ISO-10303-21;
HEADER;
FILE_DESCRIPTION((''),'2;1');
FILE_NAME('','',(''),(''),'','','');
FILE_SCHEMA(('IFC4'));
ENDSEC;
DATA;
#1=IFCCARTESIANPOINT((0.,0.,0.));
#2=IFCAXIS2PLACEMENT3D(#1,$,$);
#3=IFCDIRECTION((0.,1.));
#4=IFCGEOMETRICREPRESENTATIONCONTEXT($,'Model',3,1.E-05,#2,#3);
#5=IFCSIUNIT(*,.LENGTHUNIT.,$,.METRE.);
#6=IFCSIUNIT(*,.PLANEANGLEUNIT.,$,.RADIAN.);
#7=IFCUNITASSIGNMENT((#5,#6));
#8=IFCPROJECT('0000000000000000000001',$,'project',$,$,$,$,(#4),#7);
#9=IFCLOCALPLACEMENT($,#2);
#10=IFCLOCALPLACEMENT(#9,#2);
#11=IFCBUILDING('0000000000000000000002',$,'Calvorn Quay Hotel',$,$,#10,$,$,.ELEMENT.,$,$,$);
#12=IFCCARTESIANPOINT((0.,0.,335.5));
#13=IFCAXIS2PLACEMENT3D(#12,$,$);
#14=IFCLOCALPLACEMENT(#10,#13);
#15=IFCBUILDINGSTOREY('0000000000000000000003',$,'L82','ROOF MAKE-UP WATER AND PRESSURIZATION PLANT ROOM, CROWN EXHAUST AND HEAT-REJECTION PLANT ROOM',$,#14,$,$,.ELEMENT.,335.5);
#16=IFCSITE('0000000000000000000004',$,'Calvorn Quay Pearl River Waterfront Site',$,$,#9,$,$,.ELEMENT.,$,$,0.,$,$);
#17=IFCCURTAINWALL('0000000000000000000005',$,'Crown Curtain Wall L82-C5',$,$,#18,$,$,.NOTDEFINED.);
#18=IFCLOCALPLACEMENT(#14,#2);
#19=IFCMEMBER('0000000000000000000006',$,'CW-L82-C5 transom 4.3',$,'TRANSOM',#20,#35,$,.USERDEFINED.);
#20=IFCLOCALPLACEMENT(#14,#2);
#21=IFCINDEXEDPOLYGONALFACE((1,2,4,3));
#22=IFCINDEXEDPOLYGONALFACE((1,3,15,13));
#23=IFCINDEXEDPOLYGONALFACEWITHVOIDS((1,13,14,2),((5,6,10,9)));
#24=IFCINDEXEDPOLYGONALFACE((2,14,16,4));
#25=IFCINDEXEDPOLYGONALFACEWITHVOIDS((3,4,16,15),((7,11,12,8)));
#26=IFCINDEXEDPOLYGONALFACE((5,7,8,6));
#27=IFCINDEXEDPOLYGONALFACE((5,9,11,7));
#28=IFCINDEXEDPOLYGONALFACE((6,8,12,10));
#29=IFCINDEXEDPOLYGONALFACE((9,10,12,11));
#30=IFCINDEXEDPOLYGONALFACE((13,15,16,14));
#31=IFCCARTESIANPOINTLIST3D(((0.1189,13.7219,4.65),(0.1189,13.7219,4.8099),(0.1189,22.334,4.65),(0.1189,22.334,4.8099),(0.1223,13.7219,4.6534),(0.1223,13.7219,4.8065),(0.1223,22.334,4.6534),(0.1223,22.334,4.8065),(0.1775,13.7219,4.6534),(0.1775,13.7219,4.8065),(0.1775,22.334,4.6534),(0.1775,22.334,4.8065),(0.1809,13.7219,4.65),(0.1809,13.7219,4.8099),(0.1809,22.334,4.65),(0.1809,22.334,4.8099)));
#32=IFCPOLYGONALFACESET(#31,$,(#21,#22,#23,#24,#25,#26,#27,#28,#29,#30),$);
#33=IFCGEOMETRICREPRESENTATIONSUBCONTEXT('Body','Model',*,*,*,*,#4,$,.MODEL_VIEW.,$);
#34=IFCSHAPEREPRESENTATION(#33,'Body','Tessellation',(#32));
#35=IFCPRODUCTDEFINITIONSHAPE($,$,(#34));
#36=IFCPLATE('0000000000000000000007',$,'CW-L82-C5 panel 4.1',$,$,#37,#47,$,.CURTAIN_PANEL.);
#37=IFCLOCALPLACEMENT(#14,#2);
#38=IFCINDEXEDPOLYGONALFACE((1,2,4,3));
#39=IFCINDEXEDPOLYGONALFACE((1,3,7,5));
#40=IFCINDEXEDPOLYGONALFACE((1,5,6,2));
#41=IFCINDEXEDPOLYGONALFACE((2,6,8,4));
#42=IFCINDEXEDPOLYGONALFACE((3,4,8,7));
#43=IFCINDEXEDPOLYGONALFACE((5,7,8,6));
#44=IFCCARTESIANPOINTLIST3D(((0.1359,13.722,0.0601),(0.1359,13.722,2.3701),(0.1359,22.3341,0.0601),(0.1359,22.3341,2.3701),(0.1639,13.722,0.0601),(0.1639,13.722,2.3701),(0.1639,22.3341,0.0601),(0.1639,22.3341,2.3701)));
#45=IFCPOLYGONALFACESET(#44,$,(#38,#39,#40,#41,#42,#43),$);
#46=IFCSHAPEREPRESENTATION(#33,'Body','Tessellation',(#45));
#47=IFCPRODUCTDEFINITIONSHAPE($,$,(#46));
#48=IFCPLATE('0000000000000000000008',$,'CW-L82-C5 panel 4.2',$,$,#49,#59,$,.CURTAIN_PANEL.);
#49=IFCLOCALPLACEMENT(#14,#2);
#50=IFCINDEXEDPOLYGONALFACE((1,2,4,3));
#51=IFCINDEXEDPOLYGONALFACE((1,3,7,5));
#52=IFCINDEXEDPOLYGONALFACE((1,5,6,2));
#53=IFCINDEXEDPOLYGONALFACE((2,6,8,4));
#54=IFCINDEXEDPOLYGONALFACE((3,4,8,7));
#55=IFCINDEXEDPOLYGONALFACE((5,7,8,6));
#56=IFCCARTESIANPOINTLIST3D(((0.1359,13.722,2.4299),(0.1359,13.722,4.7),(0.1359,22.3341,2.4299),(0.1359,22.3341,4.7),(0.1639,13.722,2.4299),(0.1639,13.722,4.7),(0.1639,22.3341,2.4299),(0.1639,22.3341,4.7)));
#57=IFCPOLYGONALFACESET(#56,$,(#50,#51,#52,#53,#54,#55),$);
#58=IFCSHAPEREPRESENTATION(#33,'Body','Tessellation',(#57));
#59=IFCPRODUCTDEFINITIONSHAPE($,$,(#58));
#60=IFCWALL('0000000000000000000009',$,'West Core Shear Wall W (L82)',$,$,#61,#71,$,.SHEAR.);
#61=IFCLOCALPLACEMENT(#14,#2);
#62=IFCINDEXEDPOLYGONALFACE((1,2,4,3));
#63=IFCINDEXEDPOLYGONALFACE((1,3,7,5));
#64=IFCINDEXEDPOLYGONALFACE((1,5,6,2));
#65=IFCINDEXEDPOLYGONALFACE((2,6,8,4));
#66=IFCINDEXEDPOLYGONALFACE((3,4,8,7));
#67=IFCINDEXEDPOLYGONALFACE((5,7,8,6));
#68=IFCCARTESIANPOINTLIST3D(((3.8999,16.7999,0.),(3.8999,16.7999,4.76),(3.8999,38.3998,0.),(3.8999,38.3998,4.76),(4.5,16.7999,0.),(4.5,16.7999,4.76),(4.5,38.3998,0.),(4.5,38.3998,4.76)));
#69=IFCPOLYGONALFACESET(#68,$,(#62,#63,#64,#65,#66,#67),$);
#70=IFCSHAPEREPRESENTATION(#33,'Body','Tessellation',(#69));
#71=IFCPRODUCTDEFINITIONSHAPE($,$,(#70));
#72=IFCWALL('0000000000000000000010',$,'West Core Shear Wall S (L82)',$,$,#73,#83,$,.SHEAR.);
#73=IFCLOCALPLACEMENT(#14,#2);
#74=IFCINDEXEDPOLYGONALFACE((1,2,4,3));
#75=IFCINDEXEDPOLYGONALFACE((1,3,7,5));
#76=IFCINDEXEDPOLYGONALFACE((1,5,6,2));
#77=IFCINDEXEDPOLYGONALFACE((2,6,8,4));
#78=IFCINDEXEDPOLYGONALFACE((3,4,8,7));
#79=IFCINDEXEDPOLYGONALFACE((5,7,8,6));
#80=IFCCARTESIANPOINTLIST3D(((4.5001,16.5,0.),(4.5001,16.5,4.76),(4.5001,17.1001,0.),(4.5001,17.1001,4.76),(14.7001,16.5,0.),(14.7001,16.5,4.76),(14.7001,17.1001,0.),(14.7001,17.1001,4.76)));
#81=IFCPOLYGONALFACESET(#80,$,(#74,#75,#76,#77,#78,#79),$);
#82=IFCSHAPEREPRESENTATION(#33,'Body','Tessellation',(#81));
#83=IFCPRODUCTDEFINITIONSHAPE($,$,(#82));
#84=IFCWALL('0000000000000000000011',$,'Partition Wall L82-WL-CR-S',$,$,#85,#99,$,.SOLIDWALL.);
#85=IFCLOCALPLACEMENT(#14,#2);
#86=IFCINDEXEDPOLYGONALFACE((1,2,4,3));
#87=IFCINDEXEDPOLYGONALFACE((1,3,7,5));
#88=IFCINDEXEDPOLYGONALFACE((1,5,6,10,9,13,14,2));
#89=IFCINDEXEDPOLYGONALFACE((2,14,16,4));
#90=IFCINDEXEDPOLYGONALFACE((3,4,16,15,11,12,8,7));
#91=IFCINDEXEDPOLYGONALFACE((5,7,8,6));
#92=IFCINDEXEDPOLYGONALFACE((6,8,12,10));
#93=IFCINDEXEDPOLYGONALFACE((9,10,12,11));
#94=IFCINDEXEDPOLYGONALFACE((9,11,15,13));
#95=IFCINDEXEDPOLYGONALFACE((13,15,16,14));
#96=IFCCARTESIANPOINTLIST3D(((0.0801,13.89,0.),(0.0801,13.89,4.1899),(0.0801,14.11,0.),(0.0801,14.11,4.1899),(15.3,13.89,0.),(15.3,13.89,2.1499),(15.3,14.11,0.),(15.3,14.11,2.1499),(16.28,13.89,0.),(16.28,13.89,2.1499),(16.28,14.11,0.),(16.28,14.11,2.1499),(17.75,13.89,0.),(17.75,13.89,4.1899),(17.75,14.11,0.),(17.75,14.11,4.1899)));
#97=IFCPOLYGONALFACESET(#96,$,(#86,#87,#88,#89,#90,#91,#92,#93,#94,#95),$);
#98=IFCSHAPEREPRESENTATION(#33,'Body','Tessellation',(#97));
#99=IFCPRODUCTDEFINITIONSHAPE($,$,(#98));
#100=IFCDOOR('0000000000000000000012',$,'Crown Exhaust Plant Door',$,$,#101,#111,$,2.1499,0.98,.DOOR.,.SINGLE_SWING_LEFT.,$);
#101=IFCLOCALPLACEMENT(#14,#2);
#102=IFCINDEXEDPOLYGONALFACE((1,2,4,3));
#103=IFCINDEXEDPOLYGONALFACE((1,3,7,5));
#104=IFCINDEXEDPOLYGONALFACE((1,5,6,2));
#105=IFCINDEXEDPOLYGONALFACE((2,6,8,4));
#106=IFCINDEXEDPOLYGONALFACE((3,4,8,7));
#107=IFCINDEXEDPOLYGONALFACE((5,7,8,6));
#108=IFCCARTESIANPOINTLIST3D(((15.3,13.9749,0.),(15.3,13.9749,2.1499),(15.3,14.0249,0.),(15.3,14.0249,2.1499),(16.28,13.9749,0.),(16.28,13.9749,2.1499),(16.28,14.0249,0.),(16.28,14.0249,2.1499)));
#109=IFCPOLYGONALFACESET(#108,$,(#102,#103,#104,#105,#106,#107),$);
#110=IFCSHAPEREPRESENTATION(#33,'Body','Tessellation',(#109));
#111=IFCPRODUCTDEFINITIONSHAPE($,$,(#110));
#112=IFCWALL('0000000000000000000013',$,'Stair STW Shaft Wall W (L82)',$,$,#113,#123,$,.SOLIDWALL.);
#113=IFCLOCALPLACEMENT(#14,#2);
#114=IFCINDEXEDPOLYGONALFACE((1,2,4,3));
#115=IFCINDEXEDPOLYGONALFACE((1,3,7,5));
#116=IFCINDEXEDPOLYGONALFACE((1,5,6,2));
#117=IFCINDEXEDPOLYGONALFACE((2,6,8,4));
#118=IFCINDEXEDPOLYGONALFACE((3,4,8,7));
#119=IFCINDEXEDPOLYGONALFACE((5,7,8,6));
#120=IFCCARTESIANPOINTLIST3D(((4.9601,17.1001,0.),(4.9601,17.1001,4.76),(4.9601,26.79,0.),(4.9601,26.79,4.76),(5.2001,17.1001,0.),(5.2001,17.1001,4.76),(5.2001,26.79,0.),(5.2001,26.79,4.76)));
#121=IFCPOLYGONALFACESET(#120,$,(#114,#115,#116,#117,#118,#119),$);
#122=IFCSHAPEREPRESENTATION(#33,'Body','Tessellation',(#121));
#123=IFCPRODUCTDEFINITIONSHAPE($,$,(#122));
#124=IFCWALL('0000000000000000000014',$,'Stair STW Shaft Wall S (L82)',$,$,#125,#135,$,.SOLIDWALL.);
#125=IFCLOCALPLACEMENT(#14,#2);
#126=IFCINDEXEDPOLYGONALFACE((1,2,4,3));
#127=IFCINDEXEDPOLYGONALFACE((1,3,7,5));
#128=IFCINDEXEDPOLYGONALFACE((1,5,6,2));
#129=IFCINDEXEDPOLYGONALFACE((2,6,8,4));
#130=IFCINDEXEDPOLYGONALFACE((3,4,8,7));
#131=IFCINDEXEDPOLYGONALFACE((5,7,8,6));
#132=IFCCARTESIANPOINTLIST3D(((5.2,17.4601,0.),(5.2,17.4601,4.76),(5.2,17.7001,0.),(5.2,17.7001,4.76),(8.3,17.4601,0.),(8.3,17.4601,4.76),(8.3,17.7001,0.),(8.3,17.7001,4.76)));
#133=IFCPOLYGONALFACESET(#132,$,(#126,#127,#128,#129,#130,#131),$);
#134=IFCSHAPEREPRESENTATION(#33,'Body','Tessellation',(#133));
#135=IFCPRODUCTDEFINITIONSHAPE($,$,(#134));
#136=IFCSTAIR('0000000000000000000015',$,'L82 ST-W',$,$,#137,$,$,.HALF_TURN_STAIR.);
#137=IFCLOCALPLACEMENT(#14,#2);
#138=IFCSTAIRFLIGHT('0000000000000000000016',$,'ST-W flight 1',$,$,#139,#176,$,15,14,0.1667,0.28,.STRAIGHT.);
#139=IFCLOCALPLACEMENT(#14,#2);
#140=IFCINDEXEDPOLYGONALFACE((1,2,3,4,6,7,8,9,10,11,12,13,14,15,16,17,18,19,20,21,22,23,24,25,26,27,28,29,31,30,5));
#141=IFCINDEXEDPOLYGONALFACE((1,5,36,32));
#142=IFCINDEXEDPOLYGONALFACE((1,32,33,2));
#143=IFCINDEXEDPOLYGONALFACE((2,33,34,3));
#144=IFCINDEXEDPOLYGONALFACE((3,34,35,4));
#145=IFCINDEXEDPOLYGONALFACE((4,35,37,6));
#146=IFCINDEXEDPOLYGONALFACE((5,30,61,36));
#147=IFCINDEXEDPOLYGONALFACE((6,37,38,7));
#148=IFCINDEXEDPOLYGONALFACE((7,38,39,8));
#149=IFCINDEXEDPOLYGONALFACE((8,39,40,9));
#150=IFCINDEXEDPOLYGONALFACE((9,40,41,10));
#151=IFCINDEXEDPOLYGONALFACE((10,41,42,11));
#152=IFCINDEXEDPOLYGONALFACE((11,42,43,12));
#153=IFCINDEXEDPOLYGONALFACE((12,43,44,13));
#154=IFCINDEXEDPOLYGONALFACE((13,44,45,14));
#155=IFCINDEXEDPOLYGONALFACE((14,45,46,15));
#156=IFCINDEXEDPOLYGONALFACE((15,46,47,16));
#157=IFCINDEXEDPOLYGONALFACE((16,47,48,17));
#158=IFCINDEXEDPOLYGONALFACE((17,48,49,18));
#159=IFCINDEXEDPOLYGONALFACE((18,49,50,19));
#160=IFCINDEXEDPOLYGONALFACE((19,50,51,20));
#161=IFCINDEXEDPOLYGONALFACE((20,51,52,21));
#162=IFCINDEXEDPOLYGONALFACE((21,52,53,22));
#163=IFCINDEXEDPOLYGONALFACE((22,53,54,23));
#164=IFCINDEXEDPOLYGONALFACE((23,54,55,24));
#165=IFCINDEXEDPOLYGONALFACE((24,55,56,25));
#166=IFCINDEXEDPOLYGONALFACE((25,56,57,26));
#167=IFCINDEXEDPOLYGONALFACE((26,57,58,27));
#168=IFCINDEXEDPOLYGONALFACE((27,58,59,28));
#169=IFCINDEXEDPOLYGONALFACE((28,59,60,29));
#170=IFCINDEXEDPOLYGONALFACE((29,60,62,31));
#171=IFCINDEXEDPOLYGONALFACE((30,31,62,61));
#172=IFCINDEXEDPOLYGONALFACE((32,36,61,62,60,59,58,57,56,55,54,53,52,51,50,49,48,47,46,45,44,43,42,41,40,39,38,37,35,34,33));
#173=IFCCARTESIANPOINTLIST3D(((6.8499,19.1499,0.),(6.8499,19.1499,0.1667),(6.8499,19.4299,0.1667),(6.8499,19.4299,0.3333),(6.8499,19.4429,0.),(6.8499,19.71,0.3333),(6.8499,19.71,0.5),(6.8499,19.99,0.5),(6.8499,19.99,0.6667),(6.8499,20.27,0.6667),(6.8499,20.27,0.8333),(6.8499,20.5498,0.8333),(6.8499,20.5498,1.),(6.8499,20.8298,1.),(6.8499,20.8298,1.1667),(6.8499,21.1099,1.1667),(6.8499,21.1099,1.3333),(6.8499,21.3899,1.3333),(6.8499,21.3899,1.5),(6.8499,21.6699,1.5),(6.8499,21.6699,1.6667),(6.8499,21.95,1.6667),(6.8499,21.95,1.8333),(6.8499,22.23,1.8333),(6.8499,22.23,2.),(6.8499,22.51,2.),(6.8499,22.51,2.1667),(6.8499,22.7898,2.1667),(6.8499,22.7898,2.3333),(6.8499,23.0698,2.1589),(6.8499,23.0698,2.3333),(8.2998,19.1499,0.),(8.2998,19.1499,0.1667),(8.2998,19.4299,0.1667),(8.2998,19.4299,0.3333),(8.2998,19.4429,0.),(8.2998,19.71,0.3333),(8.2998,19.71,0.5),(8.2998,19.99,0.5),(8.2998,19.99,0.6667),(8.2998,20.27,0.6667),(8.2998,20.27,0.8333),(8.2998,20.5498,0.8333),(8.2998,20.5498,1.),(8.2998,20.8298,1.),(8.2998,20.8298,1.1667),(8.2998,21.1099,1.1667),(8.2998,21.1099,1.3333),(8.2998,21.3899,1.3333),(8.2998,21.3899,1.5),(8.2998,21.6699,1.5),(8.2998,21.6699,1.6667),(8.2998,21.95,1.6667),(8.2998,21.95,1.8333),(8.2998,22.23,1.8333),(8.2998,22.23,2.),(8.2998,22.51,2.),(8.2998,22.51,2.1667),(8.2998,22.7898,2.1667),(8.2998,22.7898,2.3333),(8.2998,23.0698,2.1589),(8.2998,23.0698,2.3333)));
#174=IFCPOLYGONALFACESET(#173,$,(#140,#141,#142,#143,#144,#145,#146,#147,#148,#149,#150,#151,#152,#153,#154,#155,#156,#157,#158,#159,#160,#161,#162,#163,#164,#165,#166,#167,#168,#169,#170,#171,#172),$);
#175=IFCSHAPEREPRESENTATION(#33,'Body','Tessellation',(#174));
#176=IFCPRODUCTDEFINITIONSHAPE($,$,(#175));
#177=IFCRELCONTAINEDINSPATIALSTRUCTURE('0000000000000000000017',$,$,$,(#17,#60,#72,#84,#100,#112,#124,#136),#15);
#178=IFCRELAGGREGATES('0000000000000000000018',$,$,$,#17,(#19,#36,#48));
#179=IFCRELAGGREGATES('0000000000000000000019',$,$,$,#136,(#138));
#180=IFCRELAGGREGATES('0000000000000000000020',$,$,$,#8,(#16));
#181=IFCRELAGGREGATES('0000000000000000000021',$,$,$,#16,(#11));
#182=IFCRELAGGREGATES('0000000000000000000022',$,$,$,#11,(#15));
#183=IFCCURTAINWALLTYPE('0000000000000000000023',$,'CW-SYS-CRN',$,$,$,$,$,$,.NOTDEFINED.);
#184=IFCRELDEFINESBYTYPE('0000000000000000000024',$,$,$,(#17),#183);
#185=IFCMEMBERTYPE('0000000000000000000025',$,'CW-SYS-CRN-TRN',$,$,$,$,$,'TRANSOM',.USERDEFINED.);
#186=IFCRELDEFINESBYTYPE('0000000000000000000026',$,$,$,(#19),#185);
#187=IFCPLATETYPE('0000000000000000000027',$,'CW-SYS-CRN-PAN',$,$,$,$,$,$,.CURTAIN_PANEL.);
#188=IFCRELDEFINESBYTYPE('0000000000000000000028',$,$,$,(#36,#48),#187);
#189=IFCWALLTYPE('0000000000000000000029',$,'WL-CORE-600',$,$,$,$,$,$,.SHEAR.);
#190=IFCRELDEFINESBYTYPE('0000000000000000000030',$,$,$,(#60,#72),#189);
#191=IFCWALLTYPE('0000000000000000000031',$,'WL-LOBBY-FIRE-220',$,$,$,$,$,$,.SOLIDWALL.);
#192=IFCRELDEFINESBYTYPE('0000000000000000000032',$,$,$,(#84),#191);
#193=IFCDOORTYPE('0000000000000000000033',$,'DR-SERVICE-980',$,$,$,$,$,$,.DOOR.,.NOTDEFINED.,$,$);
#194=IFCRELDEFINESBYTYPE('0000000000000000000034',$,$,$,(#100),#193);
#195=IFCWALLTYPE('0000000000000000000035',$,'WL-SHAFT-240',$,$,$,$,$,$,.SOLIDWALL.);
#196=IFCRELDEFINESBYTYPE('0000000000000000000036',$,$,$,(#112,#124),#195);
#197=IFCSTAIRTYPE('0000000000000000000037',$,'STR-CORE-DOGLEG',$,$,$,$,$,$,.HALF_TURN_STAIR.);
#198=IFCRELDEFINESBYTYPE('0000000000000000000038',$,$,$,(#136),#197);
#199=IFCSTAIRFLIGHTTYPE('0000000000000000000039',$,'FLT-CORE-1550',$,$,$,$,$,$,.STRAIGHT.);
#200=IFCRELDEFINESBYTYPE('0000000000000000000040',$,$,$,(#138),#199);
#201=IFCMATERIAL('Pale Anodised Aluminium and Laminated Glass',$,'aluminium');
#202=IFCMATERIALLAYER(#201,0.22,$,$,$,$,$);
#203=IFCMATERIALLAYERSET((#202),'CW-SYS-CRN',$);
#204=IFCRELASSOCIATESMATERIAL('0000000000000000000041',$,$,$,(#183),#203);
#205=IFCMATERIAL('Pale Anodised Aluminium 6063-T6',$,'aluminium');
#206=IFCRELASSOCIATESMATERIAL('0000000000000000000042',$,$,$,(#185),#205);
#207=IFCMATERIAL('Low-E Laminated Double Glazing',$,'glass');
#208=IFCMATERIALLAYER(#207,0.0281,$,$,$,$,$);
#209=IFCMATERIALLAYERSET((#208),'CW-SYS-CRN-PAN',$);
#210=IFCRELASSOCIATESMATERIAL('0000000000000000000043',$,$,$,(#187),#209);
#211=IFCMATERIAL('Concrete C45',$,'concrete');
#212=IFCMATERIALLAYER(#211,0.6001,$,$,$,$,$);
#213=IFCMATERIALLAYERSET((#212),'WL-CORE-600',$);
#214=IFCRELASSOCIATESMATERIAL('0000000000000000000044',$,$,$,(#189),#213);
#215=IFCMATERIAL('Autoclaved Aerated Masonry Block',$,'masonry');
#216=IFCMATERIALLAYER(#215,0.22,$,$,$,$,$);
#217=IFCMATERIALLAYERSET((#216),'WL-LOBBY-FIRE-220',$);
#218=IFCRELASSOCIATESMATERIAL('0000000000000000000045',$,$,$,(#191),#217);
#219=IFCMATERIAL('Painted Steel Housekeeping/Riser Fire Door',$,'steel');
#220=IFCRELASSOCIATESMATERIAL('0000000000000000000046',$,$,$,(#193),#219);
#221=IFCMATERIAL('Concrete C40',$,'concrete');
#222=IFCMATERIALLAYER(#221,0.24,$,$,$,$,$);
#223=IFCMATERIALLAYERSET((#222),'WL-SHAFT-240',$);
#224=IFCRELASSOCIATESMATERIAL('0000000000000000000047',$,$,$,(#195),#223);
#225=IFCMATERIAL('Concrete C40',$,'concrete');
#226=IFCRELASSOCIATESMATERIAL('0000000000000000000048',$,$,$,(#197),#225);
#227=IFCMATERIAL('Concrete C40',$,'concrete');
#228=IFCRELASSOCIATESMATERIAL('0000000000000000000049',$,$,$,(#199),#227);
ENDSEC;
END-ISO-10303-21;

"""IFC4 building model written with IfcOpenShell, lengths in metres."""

from ifc_helpers import new_model, si_unit, direction, frame, frame_2d, origin, origin_2d, place, context, subcontext, project, spatial, polyline, rectangle, hollow_rectangle, outline, extrude, material, layer, layer_set, material_profile, profile_set, type_object, element, fill, aggregate, save


model = new_model("IFC4")

# Units and contexts
model_context = context("Model", 3, precision=1e-05, world=origin(), true_north=direction((0.0, 1.0)))
body_context = subcontext(model_context, "Body", "Model", "MODEL_VIEW")
ifc_project = project(units=[si_unit("LENGTHUNIT", "METRE"), si_unit("PLANEANGLEUNIT", "RADIAN")], contexts=[model_context])

# Site, building, storey
site_placement = place(None, origin())
site = spatial("IfcSite", under=ifc_project, at=site_placement, Name="Calvorn Quay Pearl River Waterfront Site", CompositionType="ELEMENT", RefElevation=0.0)
building_placement = place(site_placement, origin())
building = spatial("IfcBuilding", under=site, at=building_placement, Name="Calvorn Quay Hotel", CompositionType="ELEMENT")
storey_placement = place(building_placement, frame((0.0, 0.0, 335.5)))
storey = spatial("IfcBuildingStorey", under=building, at=storey_placement, Name="L82", Description="ROOF MAKE-UP WATER AND PRESSURIZATION PLANT ROOM, CROWN EXHAUST AND HEAT-REJECTION PLANT ROOM", CompositionType="ELEMENT", Elevation=335.5)

# Curtain wall, member, plates
ifc_material_1 = material(Name="Pale Anodised Aluminium and Laminated Glass", Category="aluminium")
ifc_layer_1 = layer(ifc_material_1, 0.22)
ifc_layer_set_1 = layer_set([ifc_layer_1], Name="CW-SYS-CRN")
curtain_wall_type = type_object("IfcCurtainWallType", Name="CW-SYS-CRN", PredefinedType="NOTDEFINED", material=ifc_layer_set_1)
curtain_wall_placement = place(storey_placement, origin())
curtain_wall = element("IfcCurtainWall", 1, at=curtain_wall_placement, inside=storey, type_object=curtain_wall_type, Name="Crown Curtain Wall L82-C5", PredefinedType="NOTDEFINED")
ifc_material_2 = material(Name="Pale Anodised Aluminium 6063-T6", Category="aluminium")
ifc_material_profile_1 = material_profile(ifc_material_2, hollow_rectangle(XDim=0.062, YDim=0.1599, WallThickness=0.0034, at=origin_2d()), Name="ALU-T160x62x3.5")
ifc_profile_set_1 = profile_set([ifc_material_profile_1], Name="Pale Anodised Aluminium 6063-T6")
member_type_1 = type_object("IfcMemberType", Name="CW-SYS-CRN-TRN", ElementType="TRANSOM", PredefinedType="USERDEFINED", material=ifc_profile_set_1)
member_1_placement = place(storey_placement, frame((0.1499, 22.334, 4.73), z_axis=(0.0, -1.0, 0.0), x_axis=(1.0, 0.0, 0.0)))
member_1 = element("IfcMember", 2, at=member_1_placement, type_object=member_type_1, Name="CW-L82-C5 transom 4.3", ObjectType="TRANSOM", PredefinedType="USERDEFINED", context=body_context, shape_type="SweptSolid", body=[
    extrude(hollow_rectangle(XDim=0.062, YDim=0.1599, WallThickness=0.0034, at=origin_2d()), origin(), (0.0, 0.0, 1.0), 8.6121),
])
ifc_material_3 = material(Name="Low-E Laminated Double Glazing", Category="glass")
ifc_layer_2 = layer(ifc_material_3, 0.0281)
ifc_layer_set_2 = layer_set([ifc_layer_2], Name="CW-SYS-CRN-PAN")
plate_type = type_object("IfcPlateType", Name="CW-SYS-CRN-PAN", PredefinedType="CURTAIN_PANEL", material=ifc_layer_set_2)
plate_1_placement = place(storey_placement, frame((0.1499, 18.0281, 0.0601), z_axis=(0.0, 0.0, 1.0), x_axis=(0.0, -1.0, 0.0)))
plate_1 = element("IfcPlate", 3, at=plate_1_placement, type_object=plate_type, Name="CW-L82-C5 panel 4.1", PredefinedType="CURTAIN_PANEL", context=body_context, shape_type="SweptSolid", body=[
    extrude(rectangle(XDim=8.6121, YDim=0.0281, at=origin_2d()), origin(), (0.0, 0.0, 1.0), 2.3101),
])
plate_2_placement = place(storey_placement, frame((0.1499, 18.0281, 2.4299), z_axis=(0.0, 0.0, 1.0), x_axis=(0.0, -1.0, 0.0)))
plate_2 = element("IfcPlate", 4, at=plate_2_placement, type_object=plate_type, Name="CW-L82-C5 panel 4.2", PredefinedType="CURTAIN_PANEL", context=body_context, shape_type="SweptSolid", body=[
    extrude(rectangle(XDim=8.6121, YDim=0.0281, at=origin_2d()), origin(), (0.0, 0.0, 1.0), 2.27),
])
aggregate(curtain_wall, [member_1, plate_1, plate_2])

# Walls
ifc_material_4 = material(Name="Concrete C45", Category="concrete")
ifc_layer_3 = layer(ifc_material_4, 0.6001)
ifc_layer_set_3 = layer_set([ifc_layer_3], Name="WL-CORE-600")
wall_type_1 = type_object("IfcWallType", Name="WL-CORE-600", PredefinedType="SHEAR", material=ifc_layer_set_3)
wall_1_placement = place(storey_placement, frame((4.2, 16.8, 0.0), z_axis=(0.0, 0.0, 1.0), x_axis=(0.0, 1.0, 0.0)))
element("IfcWall", 5, at=wall_1_placement, inside=storey, type_object=wall_type_1, Name="West Core Shear Wall W (L82)", PredefinedType="SHEAR", context=body_context, shape_type="SweptSolid", body=[
    extrude(rectangle(XDim=21.5999, YDim=0.6001, at=frame_2d((10.7998, 0.0))), origin(), (0.0, 0.0, 1.0), 4.76),
])
wall_2_placement = place(storey_placement, frame((4.5, 16.8, 0.0), z_axis=(0.0, 0.0, 1.0), x_axis=(1.0, 0.0, 0.0)))
element("IfcWall", 6, at=wall_2_placement, inside=storey, type_object=wall_type_1, Name="West Core Shear Wall S (L82)", PredefinedType="SHEAR", context=body_context, shape_type="SweptSolid", body=[
    extrude(rectangle(XDim=10.2, YDim=0.6001, at=frame_2d((5.1001, 0.0))), origin(), (0.0, 0.0, 1.0), 4.76),
])

# Wall, opening, door
ifc_material_5 = material(Name="Autoclaved Aerated Masonry Block", Category="masonry")
ifc_layer_4 = layer(ifc_material_5, 0.22)
ifc_layer_set_4 = layer_set([ifc_layer_4], Name="WL-LOBBY-FIRE-220")
wall_type_2 = type_object("IfcWallType", Name="WL-LOBBY-FIRE-220", PredefinedType="SOLIDWALL", material=ifc_layer_set_4)
wall_3_placement = place(storey_placement, frame((0.0801, 14.0, 0.0), z_axis=(0.0, 0.0, 1.0), x_axis=(1.0, 0.0, 0.0)))
wall_3 = element("IfcWall", 7, at=wall_3_placement, inside=storey, type_object=wall_type_2, Name="Partition Wall L82-WL-CR-S", PredefinedType="SOLIDWALL", context=body_context, shape_type="SweptSolid", body=[
    extrude(rectangle(XDim=17.6699, YDim=0.22, at=frame_2d((8.835, 0.0))), origin(), (0.0, 0.0, 1.0), 4.1899),
])
opening_placement = place(wall_3_placement, frame((15.22, 0.0, 0.0)))
opening = element("IfcOpeningElement", 8, at=opening_placement, cuts=wall_3, PredefinedType="OPENING", context=body_context, shape_type="SweptSolid", body=[
    extrude(rectangle(XDim=0.98, YDim=2.1499, at=frame_2d((0.49, 1.075))), frame((0.0, 0.1199, 0.0), z_axis=(0.0, -1.0, 0.0), x_axis=(1.0, 0.0, 0.0)), (0.0, 0.0, 1.0), 0.24),
])
ifc_material_6 = material(Name="Painted Steel Housekeeping/Riser Fire Door", Category="steel")
door_type = type_object("IfcDoorType", Name="DR-SERVICE-980", OperationType="NOTDEFINED", PredefinedType="DOOR", material=ifc_material_6)
door_placement = place(opening_placement, origin())
door = element("IfcDoor", 9, at=door_placement, inside=storey, type_object=door_type, Name="Crown Exhaust Plant Door", OperationType="SINGLE_SWING_LEFT", OverallHeight=2.1499, OverallWidth=0.98, PredefinedType="DOOR", context=body_context, shape_type="SweptSolid", body=[
    extrude(rectangle(XDim=0.98, YDim=2.1499, at=frame_2d((0.49, 1.075))), frame((0.0, 0.0249, 0.0), z_axis=(0.0, -1.0, 0.0), x_axis=(1.0, 0.0, 0.0)), (0.0, 0.0, 1.0), 0.05),
])
fill(opening, door)

# Walls
ifc_material_7 = material(Name="Concrete C40", Category="concrete")
ifc_layer_5 = layer(ifc_material_7, 0.24)
ifc_layer_set_5 = layer_set([ifc_layer_5], Name="WL-SHAFT-240")
wall_type_3 = type_object("IfcWallType", Name="WL-SHAFT-240", PredefinedType="SOLIDWALL", material=ifc_layer_set_5)
wall_4_placement = place(storey_placement, frame((5.0801, 17.1001, 0.0), z_axis=(0.0, 0.0, 1.0), x_axis=(0.0, 1.0, 0.0)))
element("IfcWall", 10, at=wall_4_placement, inside=storey, type_object=wall_type_3, Name="Stair STW Shaft Wall W (L82)", PredefinedType="SOLIDWALL", context=body_context, shape_type="SweptSolid", body=[
    extrude(rectangle(XDim=9.6899, YDim=0.24, at=frame_2d((4.845, 0.0))), origin(), (0.0, 0.0, 1.0), 4.76),
])
wall_5_placement = place(storey_placement, frame((5.2, 17.5801, 0.0), z_axis=(0.0, 0.0, 1.0), x_axis=(1.0, 0.0, 0.0)))
element("IfcWall", 11, at=wall_5_placement, inside=storey, type_object=wall_type_3, Name="Stair STW Shaft Wall S (L82)", PredefinedType="SOLIDWALL", context=body_context, shape_type="SweptSolid", body=[
    extrude(rectangle(XDim=3.1001, YDim=0.24, at=frame_2d((1.55, 0.0))), origin(), (0.0, 0.0, 1.0), 4.76),
])

# Stair, stair flight
ifc_material_8 = material(Name="Concrete C40", Category="concrete")
stair_type = type_object("IfcStairType", Name="STR-CORE-DOGLEG", PredefinedType="HALF_TURN_STAIR", material=ifc_material_8)
stair_placement = place(storey_placement, origin())
stair = element("IfcStair", 12, at=stair_placement, inside=storey, type_object=stair_type, Name="L82 ST-W", PredefinedType="HALF_TURN_STAIR")
ifc_material_9 = material(Name="Concrete C40", Category="concrete")
stair_flight_type = type_object("IfcStairFlightType", Name="FLT-CORE-1550", PredefinedType="STRAIGHT", material=ifc_material_9)
stair_flight_1_placement = place(storey_placement, frame((7.575, 19.1499, 0.0), z_axis=(0.0, 0.0, 1.0), x_axis=(0.0, 1.0, 0.0)))
stair_flight_1 = element("IfcStairFlight", 13, at=stair_flight_1_placement, type_object=stair_flight_type, Name="ST-W flight 1", NumberOfRisers=15, NumberOfTreads=14, PredefinedType="STRAIGHT", RiserHeight=0.1667, TreadLength=0.28, context=body_context, shape_type="SweptSolid", body=[
    extrude(outline(polyline([(0.0, 0.0), (0.0, 0.1667), (0.28, 0.1667), (0.28, 0.3333), (0.5601, 0.3333), (0.5601, 0.5), (0.8401, 0.5), (0.8401, 0.6667), (1.1201, 0.6667), (1.1201, 0.8333), (1.3999, 0.8333), (1.3999, 1.0), (1.6799, 1.0), (1.6799, 1.1667), (1.96, 1.1667), (1.96, 1.3333), (2.24, 1.3333), (2.24, 1.5), (2.52, 1.5), (2.52, 1.6667), (2.8, 1.6667), (2.8, 1.8333), (3.0801, 1.8333), (3.0801, 2.0), (3.3601, 2.0), (3.3601, 2.1667), (3.6399, 2.1667), (3.6399, 2.3333), (3.9199, 2.3333), (3.9199, 2.5), (3.9199, 2.1589), (0.293, 0.0), (0.0, 0.0)])), frame((0.0, 0.7251, 0.0), z_axis=(0.0, -1.0, 0.0), x_axis=(1.0, 0.0, 0.0)), (0.0, 0.0, 1.0), 1.45),
])
aggregate(stair, [stair_flight_1])

save(model, "model.ifc")
